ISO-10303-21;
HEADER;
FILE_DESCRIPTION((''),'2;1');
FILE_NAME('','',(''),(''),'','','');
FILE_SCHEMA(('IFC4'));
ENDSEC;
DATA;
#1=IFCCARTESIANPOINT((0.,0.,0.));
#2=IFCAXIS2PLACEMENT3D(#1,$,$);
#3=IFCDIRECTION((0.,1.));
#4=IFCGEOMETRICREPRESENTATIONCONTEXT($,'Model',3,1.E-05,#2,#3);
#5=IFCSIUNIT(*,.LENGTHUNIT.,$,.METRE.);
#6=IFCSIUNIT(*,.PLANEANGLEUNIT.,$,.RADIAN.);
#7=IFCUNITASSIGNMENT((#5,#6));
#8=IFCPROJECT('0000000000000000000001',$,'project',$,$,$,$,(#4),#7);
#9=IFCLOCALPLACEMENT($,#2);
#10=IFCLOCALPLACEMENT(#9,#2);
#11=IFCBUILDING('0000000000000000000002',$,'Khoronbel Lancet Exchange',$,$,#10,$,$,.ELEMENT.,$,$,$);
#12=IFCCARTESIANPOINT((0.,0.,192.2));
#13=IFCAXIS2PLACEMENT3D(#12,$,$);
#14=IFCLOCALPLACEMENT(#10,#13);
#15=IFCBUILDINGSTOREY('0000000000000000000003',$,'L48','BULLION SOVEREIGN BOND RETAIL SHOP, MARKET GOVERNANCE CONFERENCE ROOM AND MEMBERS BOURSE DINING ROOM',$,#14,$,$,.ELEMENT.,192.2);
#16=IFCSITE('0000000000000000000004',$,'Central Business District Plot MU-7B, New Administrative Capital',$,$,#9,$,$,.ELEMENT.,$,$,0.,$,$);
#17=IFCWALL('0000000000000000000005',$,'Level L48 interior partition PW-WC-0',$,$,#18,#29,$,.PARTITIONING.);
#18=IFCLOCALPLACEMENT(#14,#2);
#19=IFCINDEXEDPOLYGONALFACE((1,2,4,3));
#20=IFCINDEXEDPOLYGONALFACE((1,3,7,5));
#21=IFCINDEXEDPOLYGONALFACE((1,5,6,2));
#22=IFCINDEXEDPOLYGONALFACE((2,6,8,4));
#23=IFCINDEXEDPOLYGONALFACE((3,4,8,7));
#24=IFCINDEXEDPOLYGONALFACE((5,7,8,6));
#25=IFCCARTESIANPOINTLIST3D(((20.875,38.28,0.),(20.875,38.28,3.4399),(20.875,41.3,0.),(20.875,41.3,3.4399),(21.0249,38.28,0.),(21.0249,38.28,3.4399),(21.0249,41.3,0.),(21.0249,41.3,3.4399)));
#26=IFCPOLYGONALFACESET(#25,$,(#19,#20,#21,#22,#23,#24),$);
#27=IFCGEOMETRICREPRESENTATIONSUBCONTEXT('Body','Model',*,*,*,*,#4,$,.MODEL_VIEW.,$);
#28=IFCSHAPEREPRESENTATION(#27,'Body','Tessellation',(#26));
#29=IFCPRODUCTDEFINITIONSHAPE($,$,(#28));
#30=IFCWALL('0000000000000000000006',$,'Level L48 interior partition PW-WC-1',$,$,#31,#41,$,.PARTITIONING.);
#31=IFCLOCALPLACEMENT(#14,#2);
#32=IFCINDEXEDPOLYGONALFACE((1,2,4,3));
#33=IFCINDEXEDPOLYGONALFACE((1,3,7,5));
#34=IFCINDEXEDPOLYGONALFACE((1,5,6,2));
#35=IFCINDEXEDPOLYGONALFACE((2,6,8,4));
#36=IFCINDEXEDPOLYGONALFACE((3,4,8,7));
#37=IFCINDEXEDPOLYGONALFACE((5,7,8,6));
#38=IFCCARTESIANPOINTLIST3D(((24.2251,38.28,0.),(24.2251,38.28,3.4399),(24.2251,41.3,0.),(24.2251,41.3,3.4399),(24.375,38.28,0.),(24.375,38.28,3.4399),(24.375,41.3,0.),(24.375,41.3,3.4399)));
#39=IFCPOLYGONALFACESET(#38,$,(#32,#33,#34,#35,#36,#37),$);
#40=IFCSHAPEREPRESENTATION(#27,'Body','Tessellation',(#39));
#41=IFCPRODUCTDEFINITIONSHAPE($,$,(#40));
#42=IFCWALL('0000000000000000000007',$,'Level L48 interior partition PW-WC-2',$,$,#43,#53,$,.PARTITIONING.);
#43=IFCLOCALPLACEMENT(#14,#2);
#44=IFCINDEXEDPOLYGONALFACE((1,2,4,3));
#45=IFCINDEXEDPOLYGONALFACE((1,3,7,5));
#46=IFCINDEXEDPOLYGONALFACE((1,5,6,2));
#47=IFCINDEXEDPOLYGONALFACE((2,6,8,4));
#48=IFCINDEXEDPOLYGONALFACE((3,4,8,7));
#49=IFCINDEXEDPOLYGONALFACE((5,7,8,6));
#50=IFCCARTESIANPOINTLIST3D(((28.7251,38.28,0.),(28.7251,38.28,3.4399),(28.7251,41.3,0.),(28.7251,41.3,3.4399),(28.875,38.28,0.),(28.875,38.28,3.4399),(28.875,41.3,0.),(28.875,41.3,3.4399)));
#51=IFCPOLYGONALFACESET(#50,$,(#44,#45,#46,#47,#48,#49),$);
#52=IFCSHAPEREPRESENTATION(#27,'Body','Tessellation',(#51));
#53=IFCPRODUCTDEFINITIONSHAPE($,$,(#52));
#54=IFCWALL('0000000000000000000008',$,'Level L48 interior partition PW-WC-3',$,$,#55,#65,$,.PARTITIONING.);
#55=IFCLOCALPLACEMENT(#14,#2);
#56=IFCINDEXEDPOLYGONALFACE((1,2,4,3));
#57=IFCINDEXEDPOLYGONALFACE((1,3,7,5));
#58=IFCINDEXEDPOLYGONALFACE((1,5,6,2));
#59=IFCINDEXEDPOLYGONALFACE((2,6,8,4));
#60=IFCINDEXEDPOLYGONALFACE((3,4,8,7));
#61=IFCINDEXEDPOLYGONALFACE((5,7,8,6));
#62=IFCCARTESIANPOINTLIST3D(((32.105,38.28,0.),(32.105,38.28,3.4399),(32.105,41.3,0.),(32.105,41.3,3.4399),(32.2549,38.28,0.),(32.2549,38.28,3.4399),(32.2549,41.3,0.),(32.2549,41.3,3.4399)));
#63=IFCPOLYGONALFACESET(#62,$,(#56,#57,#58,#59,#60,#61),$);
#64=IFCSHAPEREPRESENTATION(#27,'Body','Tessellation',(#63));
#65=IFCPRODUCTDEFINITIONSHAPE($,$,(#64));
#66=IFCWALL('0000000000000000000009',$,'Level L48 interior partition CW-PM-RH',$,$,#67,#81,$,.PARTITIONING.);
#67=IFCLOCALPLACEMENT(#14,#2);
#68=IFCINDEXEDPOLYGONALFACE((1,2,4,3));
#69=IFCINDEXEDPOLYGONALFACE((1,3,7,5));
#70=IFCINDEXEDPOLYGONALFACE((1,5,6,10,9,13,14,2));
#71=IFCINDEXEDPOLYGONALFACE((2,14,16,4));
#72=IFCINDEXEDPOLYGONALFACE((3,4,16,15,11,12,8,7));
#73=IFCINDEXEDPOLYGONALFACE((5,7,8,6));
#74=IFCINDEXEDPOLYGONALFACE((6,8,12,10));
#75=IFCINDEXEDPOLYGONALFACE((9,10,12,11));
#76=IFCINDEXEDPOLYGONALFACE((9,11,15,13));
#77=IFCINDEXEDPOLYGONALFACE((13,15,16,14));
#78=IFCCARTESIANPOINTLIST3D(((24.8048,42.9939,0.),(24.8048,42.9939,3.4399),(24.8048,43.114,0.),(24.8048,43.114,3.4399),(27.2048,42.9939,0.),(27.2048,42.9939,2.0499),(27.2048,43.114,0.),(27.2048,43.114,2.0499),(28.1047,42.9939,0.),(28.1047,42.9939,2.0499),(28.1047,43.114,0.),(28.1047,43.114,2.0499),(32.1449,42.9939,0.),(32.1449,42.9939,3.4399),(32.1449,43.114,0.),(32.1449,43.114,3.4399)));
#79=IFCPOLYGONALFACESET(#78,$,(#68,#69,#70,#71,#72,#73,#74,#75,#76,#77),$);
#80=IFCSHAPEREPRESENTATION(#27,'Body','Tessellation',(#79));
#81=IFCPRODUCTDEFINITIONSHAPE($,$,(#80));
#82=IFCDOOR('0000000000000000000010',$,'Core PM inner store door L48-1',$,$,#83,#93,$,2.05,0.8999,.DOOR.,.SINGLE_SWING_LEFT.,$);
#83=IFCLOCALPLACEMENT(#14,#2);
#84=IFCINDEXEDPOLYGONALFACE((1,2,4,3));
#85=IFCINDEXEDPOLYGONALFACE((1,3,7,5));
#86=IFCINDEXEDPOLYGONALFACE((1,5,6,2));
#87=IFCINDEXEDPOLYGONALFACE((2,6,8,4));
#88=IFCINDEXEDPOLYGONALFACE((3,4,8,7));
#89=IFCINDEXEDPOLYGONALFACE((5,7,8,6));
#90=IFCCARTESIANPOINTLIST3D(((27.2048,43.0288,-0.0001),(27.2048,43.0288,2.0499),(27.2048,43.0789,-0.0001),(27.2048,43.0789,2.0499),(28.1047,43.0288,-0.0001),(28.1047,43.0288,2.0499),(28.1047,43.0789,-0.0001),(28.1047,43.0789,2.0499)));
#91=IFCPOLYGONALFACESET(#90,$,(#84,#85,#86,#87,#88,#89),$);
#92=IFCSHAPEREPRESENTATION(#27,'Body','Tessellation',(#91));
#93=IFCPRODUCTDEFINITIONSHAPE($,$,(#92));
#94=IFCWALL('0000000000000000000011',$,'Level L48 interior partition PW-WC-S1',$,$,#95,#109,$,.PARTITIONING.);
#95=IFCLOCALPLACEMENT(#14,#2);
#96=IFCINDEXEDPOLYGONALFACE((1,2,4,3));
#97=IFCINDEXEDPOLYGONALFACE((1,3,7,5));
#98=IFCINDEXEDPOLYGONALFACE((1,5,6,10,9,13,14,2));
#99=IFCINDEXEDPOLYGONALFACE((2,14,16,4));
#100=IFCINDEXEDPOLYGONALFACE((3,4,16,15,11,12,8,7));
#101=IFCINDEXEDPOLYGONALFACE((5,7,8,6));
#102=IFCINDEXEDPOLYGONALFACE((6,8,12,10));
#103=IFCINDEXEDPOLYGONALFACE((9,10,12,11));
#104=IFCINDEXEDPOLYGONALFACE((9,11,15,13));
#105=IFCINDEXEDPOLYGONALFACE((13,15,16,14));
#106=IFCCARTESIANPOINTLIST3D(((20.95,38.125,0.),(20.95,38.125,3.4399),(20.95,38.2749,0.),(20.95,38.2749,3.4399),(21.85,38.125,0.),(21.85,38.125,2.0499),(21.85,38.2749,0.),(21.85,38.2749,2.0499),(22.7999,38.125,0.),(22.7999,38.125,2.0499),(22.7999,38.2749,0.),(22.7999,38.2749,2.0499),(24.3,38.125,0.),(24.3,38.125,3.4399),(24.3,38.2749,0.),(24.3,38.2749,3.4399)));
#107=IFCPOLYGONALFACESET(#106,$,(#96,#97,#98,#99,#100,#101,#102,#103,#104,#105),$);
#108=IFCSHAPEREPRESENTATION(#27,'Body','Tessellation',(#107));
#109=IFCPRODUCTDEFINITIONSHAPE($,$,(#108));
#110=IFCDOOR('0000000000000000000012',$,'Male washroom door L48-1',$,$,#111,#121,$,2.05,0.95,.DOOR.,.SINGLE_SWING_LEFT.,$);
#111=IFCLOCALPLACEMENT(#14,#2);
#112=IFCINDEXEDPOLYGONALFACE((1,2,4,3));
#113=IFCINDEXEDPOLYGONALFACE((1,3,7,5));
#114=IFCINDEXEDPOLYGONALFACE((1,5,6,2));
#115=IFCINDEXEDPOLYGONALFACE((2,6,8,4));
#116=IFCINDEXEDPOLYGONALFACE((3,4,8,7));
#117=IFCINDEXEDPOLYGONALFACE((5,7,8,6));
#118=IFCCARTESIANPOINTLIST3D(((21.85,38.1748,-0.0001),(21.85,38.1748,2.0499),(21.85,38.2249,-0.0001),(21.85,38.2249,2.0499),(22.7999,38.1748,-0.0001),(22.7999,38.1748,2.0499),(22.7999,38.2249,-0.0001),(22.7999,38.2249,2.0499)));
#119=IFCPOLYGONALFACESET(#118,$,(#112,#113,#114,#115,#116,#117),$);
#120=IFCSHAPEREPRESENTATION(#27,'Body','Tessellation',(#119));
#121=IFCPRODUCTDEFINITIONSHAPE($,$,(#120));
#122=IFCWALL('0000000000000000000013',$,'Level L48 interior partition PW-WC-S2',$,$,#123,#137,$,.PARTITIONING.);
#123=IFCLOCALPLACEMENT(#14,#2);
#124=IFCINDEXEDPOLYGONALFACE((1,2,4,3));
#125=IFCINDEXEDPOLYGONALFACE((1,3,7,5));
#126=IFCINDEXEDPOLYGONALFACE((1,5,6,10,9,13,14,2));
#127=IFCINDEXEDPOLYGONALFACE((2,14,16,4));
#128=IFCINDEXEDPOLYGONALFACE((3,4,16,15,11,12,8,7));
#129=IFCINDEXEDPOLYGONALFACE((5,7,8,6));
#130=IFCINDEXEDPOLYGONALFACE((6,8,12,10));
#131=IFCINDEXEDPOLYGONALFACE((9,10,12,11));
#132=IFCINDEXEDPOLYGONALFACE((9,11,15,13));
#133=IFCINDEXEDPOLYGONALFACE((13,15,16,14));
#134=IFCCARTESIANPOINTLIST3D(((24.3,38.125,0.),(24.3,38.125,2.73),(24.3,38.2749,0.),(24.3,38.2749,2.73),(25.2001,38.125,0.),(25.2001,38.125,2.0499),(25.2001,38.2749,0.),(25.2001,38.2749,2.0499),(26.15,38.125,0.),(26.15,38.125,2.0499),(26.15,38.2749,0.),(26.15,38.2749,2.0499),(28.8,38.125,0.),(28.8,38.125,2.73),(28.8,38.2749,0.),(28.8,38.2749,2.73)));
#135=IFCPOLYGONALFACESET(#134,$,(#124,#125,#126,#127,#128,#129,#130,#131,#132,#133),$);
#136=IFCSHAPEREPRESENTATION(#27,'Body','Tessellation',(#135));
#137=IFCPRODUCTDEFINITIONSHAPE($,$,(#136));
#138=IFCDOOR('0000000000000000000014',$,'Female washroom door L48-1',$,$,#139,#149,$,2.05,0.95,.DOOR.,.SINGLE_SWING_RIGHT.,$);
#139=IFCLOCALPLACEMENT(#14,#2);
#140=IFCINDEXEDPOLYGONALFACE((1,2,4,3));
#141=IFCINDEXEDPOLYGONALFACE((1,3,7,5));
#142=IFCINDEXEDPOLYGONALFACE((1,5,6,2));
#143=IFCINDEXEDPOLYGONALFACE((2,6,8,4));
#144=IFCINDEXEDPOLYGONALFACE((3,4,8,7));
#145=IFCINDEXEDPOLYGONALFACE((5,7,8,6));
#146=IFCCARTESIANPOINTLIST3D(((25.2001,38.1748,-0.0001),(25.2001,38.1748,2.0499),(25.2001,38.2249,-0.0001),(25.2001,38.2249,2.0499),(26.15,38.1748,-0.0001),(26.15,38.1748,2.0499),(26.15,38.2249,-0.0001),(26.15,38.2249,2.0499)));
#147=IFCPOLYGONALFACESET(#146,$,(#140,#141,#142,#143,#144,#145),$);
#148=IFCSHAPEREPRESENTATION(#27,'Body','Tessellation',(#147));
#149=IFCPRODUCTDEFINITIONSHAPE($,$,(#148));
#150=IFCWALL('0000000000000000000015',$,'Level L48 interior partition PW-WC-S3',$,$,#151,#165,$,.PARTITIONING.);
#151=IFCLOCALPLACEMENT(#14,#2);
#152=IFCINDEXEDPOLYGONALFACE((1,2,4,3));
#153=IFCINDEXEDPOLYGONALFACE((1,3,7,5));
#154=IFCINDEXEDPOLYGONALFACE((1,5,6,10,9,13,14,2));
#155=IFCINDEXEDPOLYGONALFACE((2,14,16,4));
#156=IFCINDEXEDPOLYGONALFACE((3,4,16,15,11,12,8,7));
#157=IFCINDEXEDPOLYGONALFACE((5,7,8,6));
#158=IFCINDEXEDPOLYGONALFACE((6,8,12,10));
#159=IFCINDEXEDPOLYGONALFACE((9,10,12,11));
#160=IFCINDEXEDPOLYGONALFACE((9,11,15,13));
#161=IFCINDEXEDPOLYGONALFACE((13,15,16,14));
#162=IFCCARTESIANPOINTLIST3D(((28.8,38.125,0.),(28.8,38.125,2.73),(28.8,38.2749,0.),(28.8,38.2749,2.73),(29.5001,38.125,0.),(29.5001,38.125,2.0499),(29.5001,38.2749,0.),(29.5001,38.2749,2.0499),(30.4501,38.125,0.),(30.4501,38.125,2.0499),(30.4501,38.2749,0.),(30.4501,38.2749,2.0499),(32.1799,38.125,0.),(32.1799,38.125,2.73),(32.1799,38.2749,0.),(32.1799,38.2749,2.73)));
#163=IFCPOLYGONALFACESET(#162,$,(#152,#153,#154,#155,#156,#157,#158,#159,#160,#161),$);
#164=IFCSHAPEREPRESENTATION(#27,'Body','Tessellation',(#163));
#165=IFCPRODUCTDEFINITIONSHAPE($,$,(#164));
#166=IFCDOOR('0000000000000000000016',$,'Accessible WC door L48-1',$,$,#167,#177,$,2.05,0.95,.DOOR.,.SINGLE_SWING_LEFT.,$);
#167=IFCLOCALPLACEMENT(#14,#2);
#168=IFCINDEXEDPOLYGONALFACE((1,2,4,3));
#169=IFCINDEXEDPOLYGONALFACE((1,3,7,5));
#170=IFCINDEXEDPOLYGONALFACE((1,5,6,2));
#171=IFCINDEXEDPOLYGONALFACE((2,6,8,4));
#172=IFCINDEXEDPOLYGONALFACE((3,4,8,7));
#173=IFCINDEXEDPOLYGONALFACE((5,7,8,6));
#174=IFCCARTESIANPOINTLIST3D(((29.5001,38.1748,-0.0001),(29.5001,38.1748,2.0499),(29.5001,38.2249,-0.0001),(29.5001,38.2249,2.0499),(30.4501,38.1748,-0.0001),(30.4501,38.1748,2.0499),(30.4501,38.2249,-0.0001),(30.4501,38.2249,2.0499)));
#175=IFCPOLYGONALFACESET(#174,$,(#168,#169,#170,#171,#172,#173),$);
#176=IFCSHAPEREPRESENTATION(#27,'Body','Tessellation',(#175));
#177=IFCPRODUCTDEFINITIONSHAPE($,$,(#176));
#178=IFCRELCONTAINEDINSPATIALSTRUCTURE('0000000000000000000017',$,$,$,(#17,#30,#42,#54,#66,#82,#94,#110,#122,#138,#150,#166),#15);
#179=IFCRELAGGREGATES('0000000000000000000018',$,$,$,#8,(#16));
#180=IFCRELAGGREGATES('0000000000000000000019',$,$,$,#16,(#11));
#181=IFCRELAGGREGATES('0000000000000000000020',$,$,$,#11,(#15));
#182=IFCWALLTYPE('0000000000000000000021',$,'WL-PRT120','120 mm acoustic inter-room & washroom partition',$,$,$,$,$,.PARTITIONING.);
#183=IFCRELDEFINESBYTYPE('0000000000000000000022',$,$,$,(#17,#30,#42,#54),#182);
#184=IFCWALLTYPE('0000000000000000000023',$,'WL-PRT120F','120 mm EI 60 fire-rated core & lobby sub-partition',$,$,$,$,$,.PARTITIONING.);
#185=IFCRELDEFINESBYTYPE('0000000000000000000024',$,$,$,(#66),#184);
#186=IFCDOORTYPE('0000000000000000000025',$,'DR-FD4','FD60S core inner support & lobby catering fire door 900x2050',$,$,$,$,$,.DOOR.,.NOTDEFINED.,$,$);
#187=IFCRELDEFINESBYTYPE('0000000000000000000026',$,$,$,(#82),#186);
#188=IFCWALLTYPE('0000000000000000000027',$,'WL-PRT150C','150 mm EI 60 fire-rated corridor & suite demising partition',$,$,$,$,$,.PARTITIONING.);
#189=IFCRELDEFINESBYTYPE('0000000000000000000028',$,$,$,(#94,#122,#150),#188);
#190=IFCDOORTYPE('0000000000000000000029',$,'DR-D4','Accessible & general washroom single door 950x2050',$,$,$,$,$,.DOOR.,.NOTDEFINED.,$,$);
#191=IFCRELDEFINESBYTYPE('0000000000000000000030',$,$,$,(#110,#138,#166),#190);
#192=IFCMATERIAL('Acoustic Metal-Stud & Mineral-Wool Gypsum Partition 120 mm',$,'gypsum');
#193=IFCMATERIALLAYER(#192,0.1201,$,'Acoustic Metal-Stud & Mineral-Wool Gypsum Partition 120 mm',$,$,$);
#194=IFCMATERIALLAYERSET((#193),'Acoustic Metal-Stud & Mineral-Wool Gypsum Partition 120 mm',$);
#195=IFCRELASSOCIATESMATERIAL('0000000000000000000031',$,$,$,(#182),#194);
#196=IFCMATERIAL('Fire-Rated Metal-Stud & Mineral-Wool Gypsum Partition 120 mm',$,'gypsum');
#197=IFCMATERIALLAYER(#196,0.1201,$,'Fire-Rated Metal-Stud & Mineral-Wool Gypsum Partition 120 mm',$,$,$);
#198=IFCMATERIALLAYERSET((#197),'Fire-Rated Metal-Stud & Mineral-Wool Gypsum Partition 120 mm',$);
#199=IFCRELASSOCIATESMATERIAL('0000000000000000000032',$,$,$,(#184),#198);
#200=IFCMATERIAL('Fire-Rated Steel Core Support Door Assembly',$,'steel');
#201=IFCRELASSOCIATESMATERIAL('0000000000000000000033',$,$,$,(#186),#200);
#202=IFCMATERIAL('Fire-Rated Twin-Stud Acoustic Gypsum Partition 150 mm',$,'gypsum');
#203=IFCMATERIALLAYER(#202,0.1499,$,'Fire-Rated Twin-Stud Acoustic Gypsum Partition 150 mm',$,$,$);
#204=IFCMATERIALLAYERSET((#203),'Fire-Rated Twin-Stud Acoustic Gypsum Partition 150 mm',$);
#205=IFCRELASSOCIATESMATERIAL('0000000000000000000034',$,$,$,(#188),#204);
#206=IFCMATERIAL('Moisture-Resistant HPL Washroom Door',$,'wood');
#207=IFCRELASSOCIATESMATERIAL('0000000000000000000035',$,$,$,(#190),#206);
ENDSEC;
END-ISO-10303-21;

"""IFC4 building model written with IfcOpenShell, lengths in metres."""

from ifc_helpers import new_model, si_unit, direction, frame, frame_2d, origin, place, context, subcontext, project, spatial, rectangle, extrude, material, layer, layer_set, type_object, element, fill, save


model = new_model("IFC4")

# Units and contexts
model_context = context("Model", 3, precision=1e-05, world=origin(), true_north=direction((0.0, 1.0)))
body_context = subcontext(model_context, "Body", "Model", "MODEL_VIEW")
ifc_project = project(units=[si_unit("LENGTHUNIT", "METRE"), si_unit("PLANEANGLEUNIT", "RADIAN")], contexts=[model_context])

# Site, building, storey
site_placement = place(None, origin())
site = spatial("IfcSite", under=ifc_project, at=site_placement, Name="Central Business District Plot MU-7B, New Administrative Capital", CompositionType="ELEMENT", RefElevation=0.0)
building_placement = place(site_placement, origin())
building = spatial("IfcBuilding", under=site, at=building_placement, Name="Khoronbel Lancet Exchange", CompositionType="ELEMENT")
storey_placement = place(building_placement, frame((0.0, 0.0, 192.2)))
storey = spatial("IfcBuildingStorey", under=building, at=storey_placement, Name="L48", Description="BULLION SOVEREIGN BOND RETAIL SHOP, MARKET GOVERNANCE CONFERENCE ROOM AND MEMBERS BOURSE DINING ROOM", CompositionType="ELEMENT", Elevation=192.2)

# Walls
ifc_material_1 = material(Name="Acoustic Metal-Stud & Mineral-Wool Gypsum Partition 120 mm", Category="gypsum")
ifc_layer_1 = layer(ifc_material_1, 0.1201, Name="Acoustic Metal-Stud & Mineral-Wool Gypsum Partition 120 mm")
ifc_layer_set_1 = layer_set([ifc_layer_1], Name="Acoustic Metal-Stud & Mineral-Wool Gypsum Partition 120 mm")
wall_type_1 = type_object("IfcWallType", Name="WL-PRT120", Description="120 mm acoustic inter-room & washroom partition", PredefinedType="PARTITIONING", material=ifc_layer_set_1)
for number, where, z_axis, x_axis, name in (
    (1, (20.95, 38.28, 0.0), (0.0, 0.0, 1.0), (0.0, 1.0, 0.0), "Level L48 interior partition PW-WC-0"),
    (2, (24.3, 38.28, 0.0), (0.0, 0.0, 1.0), (0.0, 1.0, 0.0), "Level L48 interior partition PW-WC-1"),
    (3, (28.8, 38.28, 0.0), (0.0, 0.0, 1.0), (0.0, 1.0, 0.0), "Level L48 interior partition PW-WC-2"),
    (4, (32.1799, 38.28, 0.0), (0.0, 0.0, 1.0), (0.0, 1.0, 0.0), "Level L48 interior partition PW-WC-3"),
):
    element("IfcWall", number, at=place(storey_placement, frame(where, z_axis=z_axis, x_axis=x_axis)), inside=storey, type_object=wall_type_1, Name=name, PredefinedType="PARTITIONING", context=body_context, shape_type="SweptSolid", body=[
        extrude(rectangle(XDim=3.02, YDim=0.1499, at=frame_2d((1.51, 0.0))), origin(), (0.0, 0.0, 1.0), 3.4399),
    ])

# Walls, openings, doors
ifc_material_2 = material(Name="Fire-Rated Metal-Stud & Mineral-Wool Gypsum Partition 120 mm", Category="gypsum")
ifc_layer_2 = layer(ifc_material_2, 0.1201, Name="Fire-Rated Metal-Stud & Mineral-Wool Gypsum Partition 120 mm")
ifc_layer_set_2 = layer_set([ifc_layer_2], Name="Fire-Rated Metal-Stud & Mineral-Wool Gypsum Partition 120 mm")
wall_type_2 = type_object("IfcWallType", Name="WL-PRT120F", Description="120 mm EI 60 fire-rated core & lobby sub-partition", PredefinedType="PARTITIONING", material=ifc_layer_set_2)
wall_1_placement = place(storey_placement, frame((24.8049, 43.054, 0.0), z_axis=(0.0, 0.0, 1.0), x_axis=(1.0, 0.0, 0.0)))
wall_1 = element("IfcWall", 5, at=wall_1_placement, inside=storey, type_object=wall_type_2, Name="Level L48 interior partition CW-PM-RH", PredefinedType="PARTITIONING", context=body_context, shape_type="SweptSolid", body=[
    extrude(rectangle(XDim=7.3401, YDim=0.1201, at=frame_2d((3.6699, 0.0))), origin(), (0.0, 0.0, 1.0), 3.4399),
])
opening_1_placement = place(wall_1_placement, frame((2.3999, 0.0, 0.0)))
opening_1 = element("IfcOpeningElement", 6, at=opening_1_placement, cuts=wall_1, PredefinedType="OPENING", context=body_context, shape_type="SweptSolid", body=[
    extrude(rectangle(XDim=0.8999, YDim=2.05, at=frame_2d((0.45, 1.0249))), frame((0.0, 0.0701, 0.0), z_axis=(0.0, -1.0, 0.0), x_axis=(1.0, 0.0, 0.0)), (0.0, 0.0, 1.0), 0.1401),
])
ifc_material_3 = material(Name="Fire-Rated Steel Core Support Door Assembly", Category="steel")
door_type_1 = type_object("IfcDoorType", Name="DR-FD4", Description="FD60S core inner support & lobby catering fire door 900x2050", OperationType="NOTDEFINED", PredefinedType="DOOR", material=ifc_material_3)
door_1_placement = place(opening_1_placement, origin())
door_1 = element("IfcDoor", 7, at=door_1_placement, inside=storey, type_object=door_type_1, Name="Core PM inner store door L48-1", OperationType="SINGLE_SWING_LEFT", OverallHeight=2.05, OverallWidth=0.8999, PredefinedType="DOOR", context=body_context, shape_type="SweptSolid", body=[
    extrude(rectangle(XDim=0.8999, YDim=2.05, at=frame_2d((0.45, 1.0249))), frame((0.0, 0.0249, 0.0), z_axis=(0.0, -1.0, 0.0), x_axis=(1.0, 0.0, 0.0)), (0.0, 0.0, 1.0), 0.05),
])
fill(opening_1, door_1)
ifc_material_4 = material(Name="Fire-Rated Twin-Stud Acoustic Gypsum Partition 150 mm", Category="gypsum")
ifc_layer_3 = layer(ifc_material_4, 0.1499, Name="Fire-Rated Twin-Stud Acoustic Gypsum Partition 150 mm")
ifc_layer_set_3 = layer_set([ifc_layer_3], Name="Fire-Rated Twin-Stud Acoustic Gypsum Partition 150 mm")
wall_type_3 = type_object("IfcWallType", Name="WL-PRT150C", Description="150 mm EI 60 fire-rated corridor & suite demising partition", PredefinedType="PARTITIONING", material=ifc_layer_set_3)
wall_2_placement = place(storey_placement, frame((20.95, 38.2, 0.0), z_axis=(0.0, 0.0, 1.0), x_axis=(1.0, 0.0, 0.0)))
wall_2 = element("IfcWall", 8, at=wall_2_placement, inside=storey, type_object=wall_type_3, Name="Level L48 interior partition PW-WC-S1", PredefinedType="PARTITIONING", context=body_context, shape_type="SweptSolid", body=[
    extrude(rectangle(XDim=3.3501, YDim=0.1499, at=frame_2d((1.675, 0.0))), origin(), (0.0, 0.0, 1.0), 3.4399),
])
opening_2_placement = place(wall_2_placement, frame((0.8999, 0.0, 0.0)))
opening_2 = element("IfcOpeningElement", 9, at=opening_2_placement, cuts=wall_2, PredefinedType="OPENING", context=body_context, shape_type="SweptSolid", body=[
    extrude(rectangle(XDim=0.95, YDim=2.05, at=frame_2d((0.4751, 1.0249))), frame((0.0, 0.085, 0.0), z_axis=(0.0, -1.0, 0.0), x_axis=(1.0, 0.0, 0.0)), (0.0, 0.0, 1.0), 0.1699),
])
ifc_material_5 = material(Name="Moisture-Resistant HPL Washroom Door", Category="wood")
door_type_2 = type_object("IfcDoorType", Name="DR-D4", Description="Accessible & general washroom single door 950x2050", OperationType="NOTDEFINED", PredefinedType="DOOR", material=ifc_material_5)
door_2_placement = place(opening_2_placement, origin())
door_2 = element("IfcDoor", 10, at=door_2_placement, inside=storey, type_object=door_type_2, Name="Male washroom door L48-1", OperationType="SINGLE_SWING_LEFT", OverallHeight=2.05, OverallWidth=0.95, PredefinedType="DOOR", context=body_context, shape_type="SweptSolid", body=[
    extrude(rectangle(XDim=0.95, YDim=2.05, at=frame_2d((0.4751, 1.0249))), frame((0.0, 0.0249, 0.0), z_axis=(0.0, -1.0, 0.0), x_axis=(1.0, 0.0, 0.0)), (0.0, 0.0, 1.0), 0.05),
])
fill(opening_2, door_2)
wall_3_placement = place(storey_placement, frame((24.3, 38.2, 0.0), z_axis=(0.0, 0.0, 1.0), x_axis=(1.0, 0.0, 0.0)))
wall_3 = element("IfcWall", 11, at=wall_3_placement, inside=storey, type_object=wall_type_3, Name="Level L48 interior partition PW-WC-S2", PredefinedType="PARTITIONING", context=body_context, shape_type="SweptSolid", body=[
    extrude(rectangle(XDim=4.5, YDim=0.1499, at=frame_2d((2.25, 0.0))), origin(), (0.0, 0.0, 1.0), 2.73),
])
opening_3_placement = place(wall_3_placement, frame((0.8999, 0.0, 0.0)))
opening_3 = element("IfcOpeningElement", 12, at=opening_3_placement, cuts=wall_3, PredefinedType="OPENING", context=body_context, shape_type="SweptSolid", body=[
    extrude(rectangle(XDim=0.95, YDim=2.05, at=frame_2d((0.4751, 1.0249))), frame((0.0, 0.085, 0.0), z_axis=(0.0, -1.0, 0.0), x_axis=(1.0, 0.0, 0.0)), (0.0, 0.0, 1.0), 0.1699),
])
door_3_placement = place(opening_3_placement, origin())
door_3 = element("IfcDoor", 13, at=door_3_placement, inside=storey, type_object=door_type_2, Name="Female washroom door L48-1", OperationType="SINGLE_SWING_RIGHT", OverallHeight=2.05, OverallWidth=0.95, PredefinedType="DOOR", context=body_context, shape_type="SweptSolid", body=[
    extrude(rectangle(XDim=0.95, YDim=2.05, at=frame_2d((0.4751, 1.0249))), frame((0.0, 0.0249, 0.0), z_axis=(0.0, -1.0, 0.0), x_axis=(1.0, 0.0, 0.0)), (0.0, 0.0, 1.0), 0.05),
])
fill(opening_3, door_3)
wall_4_placement = place(storey_placement, frame((28.8, 38.2, 0.0), z_axis=(0.0, 0.0, 1.0), x_axis=(1.0, 0.0, 0.0)))
wall_4 = element("IfcWall", 14, at=wall_4_placement, inside=storey, type_object=wall_type_3, Name="Level L48 interior partition PW-WC-S3", PredefinedType="PARTITIONING", context=body_context, shape_type="SweptSolid", body=[
    extrude(rectangle(XDim=3.3799, YDim=0.1499, at=frame_2d((1.6899, 0.0))), origin(), (0.0, 0.0, 1.0), 2.73),
])
opening_4_placement = place(wall_4_placement, frame((0.7, 0.0, 0.0)))
opening_4 = element("IfcOpeningElement", 15, at=opening_4_placement, cuts=wall_4, PredefinedType="OPENING", context=body_context, shape_type="SweptSolid", body=[
    extrude(rectangle(XDim=0.95, YDim=2.05, at=frame_2d((0.4751, 1.0249))), frame((0.0, 0.085, 0.0), z_axis=(0.0, -1.0, 0.0), x_axis=(1.0, 0.0, 0.0)), (0.0, 0.0, 1.0), 0.1699),
])
door_4_placement = place(opening_4_placement, origin())
door_4 = element("IfcDoor", 16, at=door_4_placement, inside=storey, type_object=door_type_2, Name="Accessible WC door L48-1", OperationType="SINGLE_SWING_LEFT", OverallHeight=2.05, OverallWidth=0.95, PredefinedType="DOOR", context=body_context, shape_type="SweptSolid", body=[
    extrude(rectangle(XDim=0.95, YDim=2.05, at=frame_2d((0.4751, 1.0249))), frame((0.0, 0.0249, 0.0), z_axis=(0.0, -1.0, 0.0), x_axis=(1.0, 0.0, 0.0)), (0.0, 0.0, 1.0), 0.05),
])
fill(opening_4, door_4)

save(model, "model.ifc")
